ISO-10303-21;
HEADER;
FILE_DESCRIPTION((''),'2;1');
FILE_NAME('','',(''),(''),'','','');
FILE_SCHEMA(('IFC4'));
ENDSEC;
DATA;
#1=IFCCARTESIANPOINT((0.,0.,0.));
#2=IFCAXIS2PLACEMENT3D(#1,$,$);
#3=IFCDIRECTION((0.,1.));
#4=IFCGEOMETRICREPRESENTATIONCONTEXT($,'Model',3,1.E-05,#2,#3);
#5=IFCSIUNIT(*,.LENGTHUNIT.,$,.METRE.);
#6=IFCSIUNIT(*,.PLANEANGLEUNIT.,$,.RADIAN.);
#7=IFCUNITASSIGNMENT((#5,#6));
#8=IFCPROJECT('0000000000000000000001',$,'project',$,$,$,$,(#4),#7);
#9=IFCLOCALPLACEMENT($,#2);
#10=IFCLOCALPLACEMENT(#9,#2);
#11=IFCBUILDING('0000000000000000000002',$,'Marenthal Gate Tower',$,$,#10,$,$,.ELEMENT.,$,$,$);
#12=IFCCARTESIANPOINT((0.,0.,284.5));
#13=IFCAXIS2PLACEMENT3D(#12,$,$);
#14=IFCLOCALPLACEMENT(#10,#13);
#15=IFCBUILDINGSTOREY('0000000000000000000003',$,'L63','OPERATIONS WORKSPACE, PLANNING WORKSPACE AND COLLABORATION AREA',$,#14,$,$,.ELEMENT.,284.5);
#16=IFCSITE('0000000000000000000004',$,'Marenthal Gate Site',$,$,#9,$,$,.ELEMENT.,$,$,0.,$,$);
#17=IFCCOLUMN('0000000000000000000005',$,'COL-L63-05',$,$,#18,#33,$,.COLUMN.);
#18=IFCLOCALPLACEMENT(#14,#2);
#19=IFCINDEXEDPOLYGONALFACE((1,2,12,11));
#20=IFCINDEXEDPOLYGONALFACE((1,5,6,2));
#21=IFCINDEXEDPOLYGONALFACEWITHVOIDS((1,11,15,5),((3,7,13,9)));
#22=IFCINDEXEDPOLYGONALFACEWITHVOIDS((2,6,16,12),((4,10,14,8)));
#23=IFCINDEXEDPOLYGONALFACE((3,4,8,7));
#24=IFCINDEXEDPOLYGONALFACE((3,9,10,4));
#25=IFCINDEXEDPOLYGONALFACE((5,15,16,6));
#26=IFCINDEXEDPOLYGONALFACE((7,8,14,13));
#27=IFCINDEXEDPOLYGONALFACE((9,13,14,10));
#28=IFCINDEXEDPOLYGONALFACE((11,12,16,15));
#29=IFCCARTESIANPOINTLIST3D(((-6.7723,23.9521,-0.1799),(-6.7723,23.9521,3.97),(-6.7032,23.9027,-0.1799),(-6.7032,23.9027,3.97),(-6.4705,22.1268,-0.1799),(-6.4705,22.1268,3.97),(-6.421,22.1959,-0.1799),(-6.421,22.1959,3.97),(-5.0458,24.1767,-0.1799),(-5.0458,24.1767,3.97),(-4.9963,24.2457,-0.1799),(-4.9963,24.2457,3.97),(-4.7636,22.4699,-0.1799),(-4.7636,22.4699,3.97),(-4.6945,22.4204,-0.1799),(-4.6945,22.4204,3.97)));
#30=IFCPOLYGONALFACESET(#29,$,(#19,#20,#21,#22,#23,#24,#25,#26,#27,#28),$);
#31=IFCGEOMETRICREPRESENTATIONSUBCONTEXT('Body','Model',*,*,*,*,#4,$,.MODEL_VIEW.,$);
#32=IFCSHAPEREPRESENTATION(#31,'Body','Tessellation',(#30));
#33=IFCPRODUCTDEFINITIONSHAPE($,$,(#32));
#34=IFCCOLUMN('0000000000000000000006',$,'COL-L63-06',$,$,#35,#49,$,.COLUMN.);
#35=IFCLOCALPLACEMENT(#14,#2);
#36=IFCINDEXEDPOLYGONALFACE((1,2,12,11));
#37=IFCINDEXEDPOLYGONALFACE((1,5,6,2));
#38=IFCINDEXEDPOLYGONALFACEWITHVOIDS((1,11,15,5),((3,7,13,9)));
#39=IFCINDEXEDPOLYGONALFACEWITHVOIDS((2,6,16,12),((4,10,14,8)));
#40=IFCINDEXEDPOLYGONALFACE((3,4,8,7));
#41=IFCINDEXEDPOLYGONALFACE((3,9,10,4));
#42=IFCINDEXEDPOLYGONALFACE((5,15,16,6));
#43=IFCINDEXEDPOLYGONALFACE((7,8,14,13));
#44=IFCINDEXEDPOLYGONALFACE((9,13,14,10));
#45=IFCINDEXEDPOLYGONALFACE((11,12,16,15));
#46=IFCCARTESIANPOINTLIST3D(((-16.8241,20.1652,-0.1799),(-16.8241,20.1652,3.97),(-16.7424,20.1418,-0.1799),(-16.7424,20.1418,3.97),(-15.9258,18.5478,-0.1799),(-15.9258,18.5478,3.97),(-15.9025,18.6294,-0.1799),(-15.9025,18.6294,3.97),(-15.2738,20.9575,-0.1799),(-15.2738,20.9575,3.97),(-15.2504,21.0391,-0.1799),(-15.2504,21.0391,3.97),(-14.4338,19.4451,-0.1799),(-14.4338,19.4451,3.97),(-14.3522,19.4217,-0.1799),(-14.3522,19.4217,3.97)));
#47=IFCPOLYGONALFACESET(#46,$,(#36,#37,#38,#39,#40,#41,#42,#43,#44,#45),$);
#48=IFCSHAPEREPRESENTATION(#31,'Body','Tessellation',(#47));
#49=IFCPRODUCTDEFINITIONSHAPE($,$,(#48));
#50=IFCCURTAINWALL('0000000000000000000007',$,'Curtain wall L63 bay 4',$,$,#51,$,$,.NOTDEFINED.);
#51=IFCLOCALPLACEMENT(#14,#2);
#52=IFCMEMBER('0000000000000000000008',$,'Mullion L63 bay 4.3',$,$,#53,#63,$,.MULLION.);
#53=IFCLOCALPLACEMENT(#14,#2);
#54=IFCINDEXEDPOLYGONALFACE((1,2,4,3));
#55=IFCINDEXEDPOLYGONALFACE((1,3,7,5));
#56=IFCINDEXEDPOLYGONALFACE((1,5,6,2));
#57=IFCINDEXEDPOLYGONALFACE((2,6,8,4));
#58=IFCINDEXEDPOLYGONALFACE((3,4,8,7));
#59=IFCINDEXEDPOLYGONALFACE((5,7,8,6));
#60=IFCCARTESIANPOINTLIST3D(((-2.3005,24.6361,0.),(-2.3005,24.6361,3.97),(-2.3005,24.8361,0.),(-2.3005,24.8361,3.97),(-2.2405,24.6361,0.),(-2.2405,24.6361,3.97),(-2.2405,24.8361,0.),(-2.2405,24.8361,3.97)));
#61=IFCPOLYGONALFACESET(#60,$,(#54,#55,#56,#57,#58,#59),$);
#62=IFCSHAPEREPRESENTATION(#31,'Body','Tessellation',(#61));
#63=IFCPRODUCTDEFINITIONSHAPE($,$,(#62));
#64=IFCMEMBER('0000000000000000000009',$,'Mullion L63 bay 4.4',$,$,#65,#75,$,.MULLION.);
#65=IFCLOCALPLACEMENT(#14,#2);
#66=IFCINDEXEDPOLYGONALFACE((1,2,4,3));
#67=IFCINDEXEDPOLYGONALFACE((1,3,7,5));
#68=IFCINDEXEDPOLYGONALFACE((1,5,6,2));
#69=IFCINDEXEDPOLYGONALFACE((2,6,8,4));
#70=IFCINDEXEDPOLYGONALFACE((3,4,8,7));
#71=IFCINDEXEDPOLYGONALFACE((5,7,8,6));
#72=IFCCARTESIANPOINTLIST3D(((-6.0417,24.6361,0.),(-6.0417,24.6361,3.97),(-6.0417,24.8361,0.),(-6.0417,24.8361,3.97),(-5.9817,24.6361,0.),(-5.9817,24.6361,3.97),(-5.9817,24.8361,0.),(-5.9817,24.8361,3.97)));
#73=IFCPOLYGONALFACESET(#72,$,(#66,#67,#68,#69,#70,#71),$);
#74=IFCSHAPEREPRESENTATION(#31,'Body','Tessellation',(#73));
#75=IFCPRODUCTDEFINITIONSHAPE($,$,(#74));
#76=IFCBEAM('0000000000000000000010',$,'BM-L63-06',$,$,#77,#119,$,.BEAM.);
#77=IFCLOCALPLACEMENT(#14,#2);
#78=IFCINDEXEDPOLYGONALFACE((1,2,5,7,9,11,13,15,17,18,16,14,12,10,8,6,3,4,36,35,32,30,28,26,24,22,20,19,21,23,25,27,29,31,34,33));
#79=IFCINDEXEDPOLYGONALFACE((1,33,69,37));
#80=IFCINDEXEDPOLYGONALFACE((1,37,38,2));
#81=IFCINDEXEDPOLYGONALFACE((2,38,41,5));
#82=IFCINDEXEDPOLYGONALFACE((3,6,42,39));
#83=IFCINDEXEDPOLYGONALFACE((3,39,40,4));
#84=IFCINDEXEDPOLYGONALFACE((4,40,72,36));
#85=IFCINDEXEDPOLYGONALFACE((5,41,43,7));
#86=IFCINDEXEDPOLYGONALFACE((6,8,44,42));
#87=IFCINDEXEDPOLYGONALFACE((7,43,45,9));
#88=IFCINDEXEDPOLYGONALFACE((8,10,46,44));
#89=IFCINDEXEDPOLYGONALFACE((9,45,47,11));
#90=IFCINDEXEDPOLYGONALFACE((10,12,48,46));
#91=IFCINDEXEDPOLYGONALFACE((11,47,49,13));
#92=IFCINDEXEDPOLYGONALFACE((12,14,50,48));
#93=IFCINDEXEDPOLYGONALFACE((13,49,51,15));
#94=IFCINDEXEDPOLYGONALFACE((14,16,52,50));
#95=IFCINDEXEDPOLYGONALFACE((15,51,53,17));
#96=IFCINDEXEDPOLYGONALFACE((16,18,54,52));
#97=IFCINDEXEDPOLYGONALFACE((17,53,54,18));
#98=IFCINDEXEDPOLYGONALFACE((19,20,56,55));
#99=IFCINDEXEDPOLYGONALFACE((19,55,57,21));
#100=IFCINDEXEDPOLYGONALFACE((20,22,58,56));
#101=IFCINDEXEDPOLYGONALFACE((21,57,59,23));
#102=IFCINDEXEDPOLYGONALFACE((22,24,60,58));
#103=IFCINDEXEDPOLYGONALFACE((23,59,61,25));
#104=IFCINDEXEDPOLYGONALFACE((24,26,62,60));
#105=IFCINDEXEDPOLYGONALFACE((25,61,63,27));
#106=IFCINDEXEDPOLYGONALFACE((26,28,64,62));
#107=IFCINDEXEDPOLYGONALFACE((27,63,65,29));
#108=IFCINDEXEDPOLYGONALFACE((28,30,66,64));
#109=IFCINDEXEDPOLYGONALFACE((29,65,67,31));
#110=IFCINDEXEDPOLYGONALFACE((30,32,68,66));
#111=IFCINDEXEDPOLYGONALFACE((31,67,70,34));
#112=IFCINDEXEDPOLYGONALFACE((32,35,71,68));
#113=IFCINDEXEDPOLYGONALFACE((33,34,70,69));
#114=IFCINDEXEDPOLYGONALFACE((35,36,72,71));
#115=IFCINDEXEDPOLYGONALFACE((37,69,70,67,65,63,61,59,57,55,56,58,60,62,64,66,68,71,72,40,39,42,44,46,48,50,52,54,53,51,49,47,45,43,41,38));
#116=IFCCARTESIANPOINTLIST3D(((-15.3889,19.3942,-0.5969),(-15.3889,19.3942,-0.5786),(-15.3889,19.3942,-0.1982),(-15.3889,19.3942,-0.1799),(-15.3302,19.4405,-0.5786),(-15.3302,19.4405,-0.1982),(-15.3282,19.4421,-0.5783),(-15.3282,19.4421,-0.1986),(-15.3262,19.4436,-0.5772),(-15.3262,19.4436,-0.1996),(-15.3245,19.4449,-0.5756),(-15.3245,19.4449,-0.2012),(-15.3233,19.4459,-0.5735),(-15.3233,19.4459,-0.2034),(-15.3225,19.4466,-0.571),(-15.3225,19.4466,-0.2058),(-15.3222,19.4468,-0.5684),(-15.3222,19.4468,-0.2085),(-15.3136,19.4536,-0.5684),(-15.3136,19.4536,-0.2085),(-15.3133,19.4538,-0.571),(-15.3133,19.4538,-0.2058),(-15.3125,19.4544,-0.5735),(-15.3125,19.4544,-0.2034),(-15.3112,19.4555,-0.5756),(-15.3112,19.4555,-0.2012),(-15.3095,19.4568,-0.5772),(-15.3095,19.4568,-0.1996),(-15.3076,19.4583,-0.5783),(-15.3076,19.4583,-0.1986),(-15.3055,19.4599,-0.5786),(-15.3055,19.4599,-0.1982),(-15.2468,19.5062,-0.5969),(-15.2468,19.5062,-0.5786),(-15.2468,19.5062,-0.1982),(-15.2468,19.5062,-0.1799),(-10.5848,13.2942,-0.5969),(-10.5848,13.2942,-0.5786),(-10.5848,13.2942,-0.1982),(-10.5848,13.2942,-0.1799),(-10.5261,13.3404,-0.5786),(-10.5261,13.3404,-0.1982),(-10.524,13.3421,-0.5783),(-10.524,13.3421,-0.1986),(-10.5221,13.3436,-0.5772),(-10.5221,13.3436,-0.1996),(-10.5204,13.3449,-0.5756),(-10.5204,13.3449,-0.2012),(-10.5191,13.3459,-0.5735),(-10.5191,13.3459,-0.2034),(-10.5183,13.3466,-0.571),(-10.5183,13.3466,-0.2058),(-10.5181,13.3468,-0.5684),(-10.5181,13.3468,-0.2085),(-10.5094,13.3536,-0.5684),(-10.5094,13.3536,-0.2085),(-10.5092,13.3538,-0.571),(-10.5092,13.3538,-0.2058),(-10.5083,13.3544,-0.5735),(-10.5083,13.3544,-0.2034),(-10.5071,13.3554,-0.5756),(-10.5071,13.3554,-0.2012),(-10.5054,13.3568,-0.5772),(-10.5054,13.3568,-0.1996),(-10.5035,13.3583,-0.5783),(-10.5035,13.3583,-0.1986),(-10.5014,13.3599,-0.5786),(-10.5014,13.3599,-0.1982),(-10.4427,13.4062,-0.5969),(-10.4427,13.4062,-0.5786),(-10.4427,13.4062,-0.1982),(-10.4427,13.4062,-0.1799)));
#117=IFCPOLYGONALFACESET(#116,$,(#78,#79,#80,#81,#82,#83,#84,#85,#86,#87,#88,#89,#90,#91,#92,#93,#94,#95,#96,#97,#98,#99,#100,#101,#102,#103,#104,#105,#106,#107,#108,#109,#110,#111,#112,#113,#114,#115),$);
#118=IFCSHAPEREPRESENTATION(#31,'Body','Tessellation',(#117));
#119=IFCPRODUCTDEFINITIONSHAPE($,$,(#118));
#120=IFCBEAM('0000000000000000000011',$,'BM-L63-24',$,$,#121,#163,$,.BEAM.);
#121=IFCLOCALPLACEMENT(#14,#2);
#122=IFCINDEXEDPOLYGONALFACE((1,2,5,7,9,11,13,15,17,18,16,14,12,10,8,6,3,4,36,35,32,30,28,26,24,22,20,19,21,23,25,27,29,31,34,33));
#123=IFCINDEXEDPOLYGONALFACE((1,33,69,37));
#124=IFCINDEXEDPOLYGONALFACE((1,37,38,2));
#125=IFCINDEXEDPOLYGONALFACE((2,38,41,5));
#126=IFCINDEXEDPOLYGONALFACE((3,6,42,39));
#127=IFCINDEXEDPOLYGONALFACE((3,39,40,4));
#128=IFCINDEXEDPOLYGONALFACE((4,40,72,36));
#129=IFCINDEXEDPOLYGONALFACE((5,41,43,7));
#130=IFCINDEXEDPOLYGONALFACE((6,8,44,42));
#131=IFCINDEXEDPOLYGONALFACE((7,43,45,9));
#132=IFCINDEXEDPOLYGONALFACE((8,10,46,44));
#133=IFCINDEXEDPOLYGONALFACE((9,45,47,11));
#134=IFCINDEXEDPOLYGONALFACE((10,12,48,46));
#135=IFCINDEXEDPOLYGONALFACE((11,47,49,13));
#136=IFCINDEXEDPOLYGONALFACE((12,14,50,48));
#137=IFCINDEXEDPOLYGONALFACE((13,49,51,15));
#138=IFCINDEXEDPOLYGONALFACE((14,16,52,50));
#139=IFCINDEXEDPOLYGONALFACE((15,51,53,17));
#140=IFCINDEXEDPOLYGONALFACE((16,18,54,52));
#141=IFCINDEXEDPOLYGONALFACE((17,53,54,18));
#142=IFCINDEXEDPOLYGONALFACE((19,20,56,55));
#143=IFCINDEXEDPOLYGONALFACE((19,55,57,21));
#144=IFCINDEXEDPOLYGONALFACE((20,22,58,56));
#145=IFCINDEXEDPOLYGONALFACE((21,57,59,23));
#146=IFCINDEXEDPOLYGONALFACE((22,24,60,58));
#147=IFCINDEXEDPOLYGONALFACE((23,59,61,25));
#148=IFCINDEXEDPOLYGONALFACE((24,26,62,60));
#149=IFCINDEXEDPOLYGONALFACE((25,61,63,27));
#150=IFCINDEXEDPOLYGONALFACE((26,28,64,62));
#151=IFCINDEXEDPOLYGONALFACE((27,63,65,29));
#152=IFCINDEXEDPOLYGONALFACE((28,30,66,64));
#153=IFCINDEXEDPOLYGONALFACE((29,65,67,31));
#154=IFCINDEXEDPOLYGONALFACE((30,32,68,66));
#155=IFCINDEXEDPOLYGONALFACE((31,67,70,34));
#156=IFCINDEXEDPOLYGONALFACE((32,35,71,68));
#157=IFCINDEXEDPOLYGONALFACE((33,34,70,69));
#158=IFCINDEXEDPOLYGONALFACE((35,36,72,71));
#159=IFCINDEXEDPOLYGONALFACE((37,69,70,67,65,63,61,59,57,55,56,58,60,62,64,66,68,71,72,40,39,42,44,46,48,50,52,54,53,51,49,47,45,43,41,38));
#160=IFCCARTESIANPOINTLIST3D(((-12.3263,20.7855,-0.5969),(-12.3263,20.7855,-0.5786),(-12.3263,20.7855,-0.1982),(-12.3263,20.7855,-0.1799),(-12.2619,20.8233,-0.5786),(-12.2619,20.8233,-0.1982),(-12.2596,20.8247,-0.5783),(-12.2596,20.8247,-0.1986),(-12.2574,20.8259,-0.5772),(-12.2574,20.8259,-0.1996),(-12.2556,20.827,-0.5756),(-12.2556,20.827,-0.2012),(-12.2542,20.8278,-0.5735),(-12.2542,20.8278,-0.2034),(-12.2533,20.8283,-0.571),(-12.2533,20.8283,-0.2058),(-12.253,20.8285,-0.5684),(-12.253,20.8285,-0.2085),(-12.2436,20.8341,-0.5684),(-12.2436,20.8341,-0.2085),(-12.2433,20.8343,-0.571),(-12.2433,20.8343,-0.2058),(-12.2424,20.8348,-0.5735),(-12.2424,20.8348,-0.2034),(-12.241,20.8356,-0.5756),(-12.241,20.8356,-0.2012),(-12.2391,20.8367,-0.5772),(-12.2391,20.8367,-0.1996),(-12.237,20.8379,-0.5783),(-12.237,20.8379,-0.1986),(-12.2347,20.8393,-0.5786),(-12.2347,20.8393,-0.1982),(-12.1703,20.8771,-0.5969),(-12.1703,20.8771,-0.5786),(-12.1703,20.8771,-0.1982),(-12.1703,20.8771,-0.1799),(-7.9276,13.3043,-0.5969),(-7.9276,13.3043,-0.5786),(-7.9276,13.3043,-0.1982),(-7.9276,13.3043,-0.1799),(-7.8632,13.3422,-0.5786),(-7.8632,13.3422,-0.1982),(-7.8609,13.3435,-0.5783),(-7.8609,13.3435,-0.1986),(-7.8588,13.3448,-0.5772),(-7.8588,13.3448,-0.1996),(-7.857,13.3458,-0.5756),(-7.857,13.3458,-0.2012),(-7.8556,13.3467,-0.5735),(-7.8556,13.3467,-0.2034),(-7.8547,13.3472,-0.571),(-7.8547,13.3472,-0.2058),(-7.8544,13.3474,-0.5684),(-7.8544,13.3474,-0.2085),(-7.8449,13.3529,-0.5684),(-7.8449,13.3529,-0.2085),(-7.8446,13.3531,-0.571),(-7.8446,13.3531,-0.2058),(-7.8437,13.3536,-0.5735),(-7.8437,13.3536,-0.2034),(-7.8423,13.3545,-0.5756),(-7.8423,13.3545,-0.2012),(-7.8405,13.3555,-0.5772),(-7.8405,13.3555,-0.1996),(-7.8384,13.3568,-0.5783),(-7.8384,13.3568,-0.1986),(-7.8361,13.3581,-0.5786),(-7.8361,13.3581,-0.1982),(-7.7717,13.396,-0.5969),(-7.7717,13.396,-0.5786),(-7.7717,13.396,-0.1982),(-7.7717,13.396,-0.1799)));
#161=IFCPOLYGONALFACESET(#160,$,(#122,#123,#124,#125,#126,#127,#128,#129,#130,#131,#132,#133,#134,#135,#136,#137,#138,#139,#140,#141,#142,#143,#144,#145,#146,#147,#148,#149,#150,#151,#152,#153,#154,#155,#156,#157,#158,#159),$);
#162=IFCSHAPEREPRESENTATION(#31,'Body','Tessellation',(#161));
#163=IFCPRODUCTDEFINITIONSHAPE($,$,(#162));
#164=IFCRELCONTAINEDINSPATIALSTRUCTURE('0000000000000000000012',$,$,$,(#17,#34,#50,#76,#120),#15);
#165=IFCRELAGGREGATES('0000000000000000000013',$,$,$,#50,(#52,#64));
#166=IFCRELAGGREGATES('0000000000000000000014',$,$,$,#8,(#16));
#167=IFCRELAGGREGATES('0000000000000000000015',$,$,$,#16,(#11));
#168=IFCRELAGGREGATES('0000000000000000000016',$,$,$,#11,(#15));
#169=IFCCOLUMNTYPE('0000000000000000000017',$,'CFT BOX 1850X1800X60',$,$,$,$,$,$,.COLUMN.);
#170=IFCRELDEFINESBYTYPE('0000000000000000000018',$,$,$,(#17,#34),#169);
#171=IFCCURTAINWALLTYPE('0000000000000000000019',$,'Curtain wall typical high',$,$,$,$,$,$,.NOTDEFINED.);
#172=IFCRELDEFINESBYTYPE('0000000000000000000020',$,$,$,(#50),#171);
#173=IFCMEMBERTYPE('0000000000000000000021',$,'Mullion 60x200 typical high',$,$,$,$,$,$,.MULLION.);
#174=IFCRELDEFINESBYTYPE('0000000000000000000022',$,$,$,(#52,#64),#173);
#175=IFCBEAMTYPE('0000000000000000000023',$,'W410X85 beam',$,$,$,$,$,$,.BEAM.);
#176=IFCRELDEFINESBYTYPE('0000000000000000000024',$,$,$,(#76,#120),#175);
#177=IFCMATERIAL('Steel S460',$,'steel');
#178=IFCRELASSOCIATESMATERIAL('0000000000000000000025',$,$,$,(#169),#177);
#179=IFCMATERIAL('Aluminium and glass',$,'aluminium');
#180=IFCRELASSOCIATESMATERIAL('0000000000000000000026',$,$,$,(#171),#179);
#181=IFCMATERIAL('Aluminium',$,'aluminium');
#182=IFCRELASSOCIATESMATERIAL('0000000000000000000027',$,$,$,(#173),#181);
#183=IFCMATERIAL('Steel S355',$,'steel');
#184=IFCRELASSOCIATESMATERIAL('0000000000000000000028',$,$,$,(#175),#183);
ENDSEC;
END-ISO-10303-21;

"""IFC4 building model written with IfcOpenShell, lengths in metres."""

from ifc_helpers import new_model, si_unit, direction, frame, origin, origin_2d, place, context, subcontext, project, spatial, rectangle, hollow_rectangle, i_section, extrude, material, material_profile, profile_set, type_object, element, aggregate, save


model = new_model("IFC4")

# Units and contexts
model_context = context("Model", 3, precision=1e-05, world=origin(), true_north=direction((0.0, 1.0)))
body_context = subcontext(model_context, "Body", "Model", "MODEL_VIEW")
ifc_project = project(units=[si_unit("LENGTHUNIT", "METRE"), si_unit("PLANEANGLEUNIT", "RADIAN")], contexts=[model_context])

# Site, building, storey
site_placement = place(None, origin())
site = spatial("IfcSite", under=ifc_project, at=site_placement, Name="Marenthal Gate Site", CompositionType="ELEMENT", RefElevation=0.0)
building_placement = place(site_placement, origin())
building = spatial("IfcBuilding", under=site, at=building_placement, Name="Marenthal Gate Tower", CompositionType="ELEMENT")
storey_placement = place(building_placement, frame((0.0, 0.0, 284.5)))
storey = spatial("IfcBuildingStorey", under=building, at=storey_placement, Name="L63", Description="OPERATIONS WORKSPACE, PLANNING WORKSPACE AND COLLABORATION AREA", CompositionType="ELEMENT", Elevation=284.5)

# Columns
ifc_material_1 = material(Name="Steel S460", Category="steel")
ifc_material_profile_1 = material_profile(ifc_material_1, hollow_rectangle(XDim=1.8, YDim=1.8501, WallThickness=0.0601, at=origin_2d()), Name="CFT BOX 1850X1800X60")
ifc_material_2 = material(Name="Concrete 70 MPa", Category="concrete")
ifc_material_profile_2 = material_profile(ifc_material_2, rectangle(XDim=1.6799, YDim=1.73, at=origin_2d()), Name="CFT BOX 1850X1800X60 INFILL")
ifc_profile_set_1 = profile_set([ifc_material_profile_1, ifc_material_profile_2], Name="Steel S460 shell, Concrete 70 MPa infill")
column_type = type_object("IfcColumnType", Name="CFT BOX 1850X1800X60", PredefinedType="COLUMN", material=ifc_profile_set_1)
for number, where, z_axis, x_axis, name in (
    (1, (-5.7334, 23.1863, -0.1799), (0.0, 0.0, 1.0), (0.986606, 0.163119, 0.0), "COL-L63-05"),
    (2, (-15.5881, 19.7935, -0.1799), (0.0, 0.0, 1.0), (0.874222, 0.485527, 0.0), "COL-L63-06"),
):
    element("IfcColumn", number, at=place(storey_placement, frame(where, z_axis=z_axis, x_axis=x_axis)), inside=storey, type_object=column_type, Name=name, PredefinedType="COLUMN", context=body_context, shape_type="SweptSolid", body=[
        extrude(hollow_rectangle(XDim=1.8, YDim=1.8501, WallThickness=0.0601, at=origin_2d()), origin(), (0.0, 0.0, 1.0), 4.1499),
    ])

# Curtain wall, members
ifc_material_3 = material(Name="Aluminium and glass", Category="aluminium")
curtain_wall_type = type_object("IfcCurtainWallType", Name="Curtain wall typical high", PredefinedType="NOTDEFINED", material=ifc_material_3)
curtain_wall_placement = place(storey_placement, origin())
curtain_wall = element("IfcCurtainWall", 3, at=curtain_wall_placement, inside=storey, type_object=curtain_wall_type, Name="Curtain wall L63 bay 4", PredefinedType="NOTDEFINED")
ifc_material_4 = material(Name="Aluminium", Category="aluminium")
ifc_material_profile_3 = material_profile(ifc_material_4, rectangle(XDim=0.2, YDim=0.0601, at=origin_2d()), Name="60x200 aluminium mullion")
ifc_profile_set_2 = profile_set([ifc_material_profile_3], Name="Aluminium")
member_type = type_object("IfcMemberType", Name="Mullion 60x200 typical high", PredefinedType="MULLION", material=ifc_profile_set_2)
member_1_placement = place(storey_placement, frame((-2.2705, 24.7361, 0.0), z_axis=(0.0, 0.0, 1.0), x_axis=(0.0, -1.0, 0.0)))
member_1 = element("IfcMember", 4, at=member_1_placement, type_object=member_type, Name="Mullion L63 bay 4.3", PredefinedType="MULLION", context=body_context, shape_type="SweptSolid", body=[
    extrude(rectangle(XDim=0.2, YDim=0.0601, at=origin_2d()), origin(), (0.0, 0.0, 1.0), 3.97),
])
member_2_placement = place(storey_placement, frame((-6.0117, 24.7361, 0.0), z_axis=(0.0, 0.0, 1.0), x_axis=(0.0, -1.0, 0.0)))
member_2 = element("IfcMember", 5, at=member_2_placement, type_object=member_type, Name="Mullion L63 bay 4.4", PredefinedType="MULLION", context=body_context, shape_type="SweptSolid", body=[
    extrude(rectangle(XDim=0.2, YDim=0.0601, at=origin_2d()), origin(), (0.0, 0.0, 1.0), 3.97),
])

# Beams
ifc_material_5 = material(Name="Steel S355", Category="steel")
ifc_material_profile_4 = material_profile(ifc_material_5, i_section(OverallWidth=0.1809, OverallDepth=0.417, WebThickness=0.011, FlangeThickness=0.0183, FilletRadius=0.0103, at=origin_2d()), Name="W410X85")
ifc_profile_set_3 = profile_set([ifc_material_profile_4], Name="Steel S355")
beam_type_1 = type_object("IfcBeamType", Name="W410X85 beam", PredefinedType="BEAM", material=ifc_profile_set_3)
beam_1_placement = place(storey_placement, frame((-15.3179, 19.4502, -0.3884), z_axis=(0.618718, -0.785613, 0.0), x_axis=(0.785613, 0.618718, 0.0)))
element("IfcBeam", 6, at=beam_1_placement, inside=storey, type_object=beam_type_1, Name="BM-L63-06", PredefinedType="BEAM", context=body_context, shape_type="SweptSolid", body=[
    extrude(i_section(OverallWidth=0.1809, OverallDepth=0.417, WebThickness=0.011, FlangeThickness=0.0183, FilletRadius=0.0103, at=origin_2d()), origin(), (0.0, 0.0, 1.0), 7.7646),
])
beam_2_placement = place(storey_placement, frame((-12.2483, 20.8313, -0.3884), z_axis=(0.506847, -0.862036, 0.0), x_axis=(0.862036, 0.506847, 0.0)))
element("IfcBeam", 7, at=beam_2_placement, inside=storey, type_object=beam_type_1, Name="BM-L63-24", PredefinedType="BEAM", context=body_context, shape_type="SweptSolid", body=[
    extrude(i_section(OverallWidth=0.1809, OverallDepth=0.417, WebThickness=0.011, FlangeThickness=0.0183, FilletRadius=0.0103, at=origin_2d()), origin(), (0.0, 0.0, 1.0), 8.6785),
])

aggregate(curtain_wall, [member_1, member_2])

save(model, "model.ifc")
